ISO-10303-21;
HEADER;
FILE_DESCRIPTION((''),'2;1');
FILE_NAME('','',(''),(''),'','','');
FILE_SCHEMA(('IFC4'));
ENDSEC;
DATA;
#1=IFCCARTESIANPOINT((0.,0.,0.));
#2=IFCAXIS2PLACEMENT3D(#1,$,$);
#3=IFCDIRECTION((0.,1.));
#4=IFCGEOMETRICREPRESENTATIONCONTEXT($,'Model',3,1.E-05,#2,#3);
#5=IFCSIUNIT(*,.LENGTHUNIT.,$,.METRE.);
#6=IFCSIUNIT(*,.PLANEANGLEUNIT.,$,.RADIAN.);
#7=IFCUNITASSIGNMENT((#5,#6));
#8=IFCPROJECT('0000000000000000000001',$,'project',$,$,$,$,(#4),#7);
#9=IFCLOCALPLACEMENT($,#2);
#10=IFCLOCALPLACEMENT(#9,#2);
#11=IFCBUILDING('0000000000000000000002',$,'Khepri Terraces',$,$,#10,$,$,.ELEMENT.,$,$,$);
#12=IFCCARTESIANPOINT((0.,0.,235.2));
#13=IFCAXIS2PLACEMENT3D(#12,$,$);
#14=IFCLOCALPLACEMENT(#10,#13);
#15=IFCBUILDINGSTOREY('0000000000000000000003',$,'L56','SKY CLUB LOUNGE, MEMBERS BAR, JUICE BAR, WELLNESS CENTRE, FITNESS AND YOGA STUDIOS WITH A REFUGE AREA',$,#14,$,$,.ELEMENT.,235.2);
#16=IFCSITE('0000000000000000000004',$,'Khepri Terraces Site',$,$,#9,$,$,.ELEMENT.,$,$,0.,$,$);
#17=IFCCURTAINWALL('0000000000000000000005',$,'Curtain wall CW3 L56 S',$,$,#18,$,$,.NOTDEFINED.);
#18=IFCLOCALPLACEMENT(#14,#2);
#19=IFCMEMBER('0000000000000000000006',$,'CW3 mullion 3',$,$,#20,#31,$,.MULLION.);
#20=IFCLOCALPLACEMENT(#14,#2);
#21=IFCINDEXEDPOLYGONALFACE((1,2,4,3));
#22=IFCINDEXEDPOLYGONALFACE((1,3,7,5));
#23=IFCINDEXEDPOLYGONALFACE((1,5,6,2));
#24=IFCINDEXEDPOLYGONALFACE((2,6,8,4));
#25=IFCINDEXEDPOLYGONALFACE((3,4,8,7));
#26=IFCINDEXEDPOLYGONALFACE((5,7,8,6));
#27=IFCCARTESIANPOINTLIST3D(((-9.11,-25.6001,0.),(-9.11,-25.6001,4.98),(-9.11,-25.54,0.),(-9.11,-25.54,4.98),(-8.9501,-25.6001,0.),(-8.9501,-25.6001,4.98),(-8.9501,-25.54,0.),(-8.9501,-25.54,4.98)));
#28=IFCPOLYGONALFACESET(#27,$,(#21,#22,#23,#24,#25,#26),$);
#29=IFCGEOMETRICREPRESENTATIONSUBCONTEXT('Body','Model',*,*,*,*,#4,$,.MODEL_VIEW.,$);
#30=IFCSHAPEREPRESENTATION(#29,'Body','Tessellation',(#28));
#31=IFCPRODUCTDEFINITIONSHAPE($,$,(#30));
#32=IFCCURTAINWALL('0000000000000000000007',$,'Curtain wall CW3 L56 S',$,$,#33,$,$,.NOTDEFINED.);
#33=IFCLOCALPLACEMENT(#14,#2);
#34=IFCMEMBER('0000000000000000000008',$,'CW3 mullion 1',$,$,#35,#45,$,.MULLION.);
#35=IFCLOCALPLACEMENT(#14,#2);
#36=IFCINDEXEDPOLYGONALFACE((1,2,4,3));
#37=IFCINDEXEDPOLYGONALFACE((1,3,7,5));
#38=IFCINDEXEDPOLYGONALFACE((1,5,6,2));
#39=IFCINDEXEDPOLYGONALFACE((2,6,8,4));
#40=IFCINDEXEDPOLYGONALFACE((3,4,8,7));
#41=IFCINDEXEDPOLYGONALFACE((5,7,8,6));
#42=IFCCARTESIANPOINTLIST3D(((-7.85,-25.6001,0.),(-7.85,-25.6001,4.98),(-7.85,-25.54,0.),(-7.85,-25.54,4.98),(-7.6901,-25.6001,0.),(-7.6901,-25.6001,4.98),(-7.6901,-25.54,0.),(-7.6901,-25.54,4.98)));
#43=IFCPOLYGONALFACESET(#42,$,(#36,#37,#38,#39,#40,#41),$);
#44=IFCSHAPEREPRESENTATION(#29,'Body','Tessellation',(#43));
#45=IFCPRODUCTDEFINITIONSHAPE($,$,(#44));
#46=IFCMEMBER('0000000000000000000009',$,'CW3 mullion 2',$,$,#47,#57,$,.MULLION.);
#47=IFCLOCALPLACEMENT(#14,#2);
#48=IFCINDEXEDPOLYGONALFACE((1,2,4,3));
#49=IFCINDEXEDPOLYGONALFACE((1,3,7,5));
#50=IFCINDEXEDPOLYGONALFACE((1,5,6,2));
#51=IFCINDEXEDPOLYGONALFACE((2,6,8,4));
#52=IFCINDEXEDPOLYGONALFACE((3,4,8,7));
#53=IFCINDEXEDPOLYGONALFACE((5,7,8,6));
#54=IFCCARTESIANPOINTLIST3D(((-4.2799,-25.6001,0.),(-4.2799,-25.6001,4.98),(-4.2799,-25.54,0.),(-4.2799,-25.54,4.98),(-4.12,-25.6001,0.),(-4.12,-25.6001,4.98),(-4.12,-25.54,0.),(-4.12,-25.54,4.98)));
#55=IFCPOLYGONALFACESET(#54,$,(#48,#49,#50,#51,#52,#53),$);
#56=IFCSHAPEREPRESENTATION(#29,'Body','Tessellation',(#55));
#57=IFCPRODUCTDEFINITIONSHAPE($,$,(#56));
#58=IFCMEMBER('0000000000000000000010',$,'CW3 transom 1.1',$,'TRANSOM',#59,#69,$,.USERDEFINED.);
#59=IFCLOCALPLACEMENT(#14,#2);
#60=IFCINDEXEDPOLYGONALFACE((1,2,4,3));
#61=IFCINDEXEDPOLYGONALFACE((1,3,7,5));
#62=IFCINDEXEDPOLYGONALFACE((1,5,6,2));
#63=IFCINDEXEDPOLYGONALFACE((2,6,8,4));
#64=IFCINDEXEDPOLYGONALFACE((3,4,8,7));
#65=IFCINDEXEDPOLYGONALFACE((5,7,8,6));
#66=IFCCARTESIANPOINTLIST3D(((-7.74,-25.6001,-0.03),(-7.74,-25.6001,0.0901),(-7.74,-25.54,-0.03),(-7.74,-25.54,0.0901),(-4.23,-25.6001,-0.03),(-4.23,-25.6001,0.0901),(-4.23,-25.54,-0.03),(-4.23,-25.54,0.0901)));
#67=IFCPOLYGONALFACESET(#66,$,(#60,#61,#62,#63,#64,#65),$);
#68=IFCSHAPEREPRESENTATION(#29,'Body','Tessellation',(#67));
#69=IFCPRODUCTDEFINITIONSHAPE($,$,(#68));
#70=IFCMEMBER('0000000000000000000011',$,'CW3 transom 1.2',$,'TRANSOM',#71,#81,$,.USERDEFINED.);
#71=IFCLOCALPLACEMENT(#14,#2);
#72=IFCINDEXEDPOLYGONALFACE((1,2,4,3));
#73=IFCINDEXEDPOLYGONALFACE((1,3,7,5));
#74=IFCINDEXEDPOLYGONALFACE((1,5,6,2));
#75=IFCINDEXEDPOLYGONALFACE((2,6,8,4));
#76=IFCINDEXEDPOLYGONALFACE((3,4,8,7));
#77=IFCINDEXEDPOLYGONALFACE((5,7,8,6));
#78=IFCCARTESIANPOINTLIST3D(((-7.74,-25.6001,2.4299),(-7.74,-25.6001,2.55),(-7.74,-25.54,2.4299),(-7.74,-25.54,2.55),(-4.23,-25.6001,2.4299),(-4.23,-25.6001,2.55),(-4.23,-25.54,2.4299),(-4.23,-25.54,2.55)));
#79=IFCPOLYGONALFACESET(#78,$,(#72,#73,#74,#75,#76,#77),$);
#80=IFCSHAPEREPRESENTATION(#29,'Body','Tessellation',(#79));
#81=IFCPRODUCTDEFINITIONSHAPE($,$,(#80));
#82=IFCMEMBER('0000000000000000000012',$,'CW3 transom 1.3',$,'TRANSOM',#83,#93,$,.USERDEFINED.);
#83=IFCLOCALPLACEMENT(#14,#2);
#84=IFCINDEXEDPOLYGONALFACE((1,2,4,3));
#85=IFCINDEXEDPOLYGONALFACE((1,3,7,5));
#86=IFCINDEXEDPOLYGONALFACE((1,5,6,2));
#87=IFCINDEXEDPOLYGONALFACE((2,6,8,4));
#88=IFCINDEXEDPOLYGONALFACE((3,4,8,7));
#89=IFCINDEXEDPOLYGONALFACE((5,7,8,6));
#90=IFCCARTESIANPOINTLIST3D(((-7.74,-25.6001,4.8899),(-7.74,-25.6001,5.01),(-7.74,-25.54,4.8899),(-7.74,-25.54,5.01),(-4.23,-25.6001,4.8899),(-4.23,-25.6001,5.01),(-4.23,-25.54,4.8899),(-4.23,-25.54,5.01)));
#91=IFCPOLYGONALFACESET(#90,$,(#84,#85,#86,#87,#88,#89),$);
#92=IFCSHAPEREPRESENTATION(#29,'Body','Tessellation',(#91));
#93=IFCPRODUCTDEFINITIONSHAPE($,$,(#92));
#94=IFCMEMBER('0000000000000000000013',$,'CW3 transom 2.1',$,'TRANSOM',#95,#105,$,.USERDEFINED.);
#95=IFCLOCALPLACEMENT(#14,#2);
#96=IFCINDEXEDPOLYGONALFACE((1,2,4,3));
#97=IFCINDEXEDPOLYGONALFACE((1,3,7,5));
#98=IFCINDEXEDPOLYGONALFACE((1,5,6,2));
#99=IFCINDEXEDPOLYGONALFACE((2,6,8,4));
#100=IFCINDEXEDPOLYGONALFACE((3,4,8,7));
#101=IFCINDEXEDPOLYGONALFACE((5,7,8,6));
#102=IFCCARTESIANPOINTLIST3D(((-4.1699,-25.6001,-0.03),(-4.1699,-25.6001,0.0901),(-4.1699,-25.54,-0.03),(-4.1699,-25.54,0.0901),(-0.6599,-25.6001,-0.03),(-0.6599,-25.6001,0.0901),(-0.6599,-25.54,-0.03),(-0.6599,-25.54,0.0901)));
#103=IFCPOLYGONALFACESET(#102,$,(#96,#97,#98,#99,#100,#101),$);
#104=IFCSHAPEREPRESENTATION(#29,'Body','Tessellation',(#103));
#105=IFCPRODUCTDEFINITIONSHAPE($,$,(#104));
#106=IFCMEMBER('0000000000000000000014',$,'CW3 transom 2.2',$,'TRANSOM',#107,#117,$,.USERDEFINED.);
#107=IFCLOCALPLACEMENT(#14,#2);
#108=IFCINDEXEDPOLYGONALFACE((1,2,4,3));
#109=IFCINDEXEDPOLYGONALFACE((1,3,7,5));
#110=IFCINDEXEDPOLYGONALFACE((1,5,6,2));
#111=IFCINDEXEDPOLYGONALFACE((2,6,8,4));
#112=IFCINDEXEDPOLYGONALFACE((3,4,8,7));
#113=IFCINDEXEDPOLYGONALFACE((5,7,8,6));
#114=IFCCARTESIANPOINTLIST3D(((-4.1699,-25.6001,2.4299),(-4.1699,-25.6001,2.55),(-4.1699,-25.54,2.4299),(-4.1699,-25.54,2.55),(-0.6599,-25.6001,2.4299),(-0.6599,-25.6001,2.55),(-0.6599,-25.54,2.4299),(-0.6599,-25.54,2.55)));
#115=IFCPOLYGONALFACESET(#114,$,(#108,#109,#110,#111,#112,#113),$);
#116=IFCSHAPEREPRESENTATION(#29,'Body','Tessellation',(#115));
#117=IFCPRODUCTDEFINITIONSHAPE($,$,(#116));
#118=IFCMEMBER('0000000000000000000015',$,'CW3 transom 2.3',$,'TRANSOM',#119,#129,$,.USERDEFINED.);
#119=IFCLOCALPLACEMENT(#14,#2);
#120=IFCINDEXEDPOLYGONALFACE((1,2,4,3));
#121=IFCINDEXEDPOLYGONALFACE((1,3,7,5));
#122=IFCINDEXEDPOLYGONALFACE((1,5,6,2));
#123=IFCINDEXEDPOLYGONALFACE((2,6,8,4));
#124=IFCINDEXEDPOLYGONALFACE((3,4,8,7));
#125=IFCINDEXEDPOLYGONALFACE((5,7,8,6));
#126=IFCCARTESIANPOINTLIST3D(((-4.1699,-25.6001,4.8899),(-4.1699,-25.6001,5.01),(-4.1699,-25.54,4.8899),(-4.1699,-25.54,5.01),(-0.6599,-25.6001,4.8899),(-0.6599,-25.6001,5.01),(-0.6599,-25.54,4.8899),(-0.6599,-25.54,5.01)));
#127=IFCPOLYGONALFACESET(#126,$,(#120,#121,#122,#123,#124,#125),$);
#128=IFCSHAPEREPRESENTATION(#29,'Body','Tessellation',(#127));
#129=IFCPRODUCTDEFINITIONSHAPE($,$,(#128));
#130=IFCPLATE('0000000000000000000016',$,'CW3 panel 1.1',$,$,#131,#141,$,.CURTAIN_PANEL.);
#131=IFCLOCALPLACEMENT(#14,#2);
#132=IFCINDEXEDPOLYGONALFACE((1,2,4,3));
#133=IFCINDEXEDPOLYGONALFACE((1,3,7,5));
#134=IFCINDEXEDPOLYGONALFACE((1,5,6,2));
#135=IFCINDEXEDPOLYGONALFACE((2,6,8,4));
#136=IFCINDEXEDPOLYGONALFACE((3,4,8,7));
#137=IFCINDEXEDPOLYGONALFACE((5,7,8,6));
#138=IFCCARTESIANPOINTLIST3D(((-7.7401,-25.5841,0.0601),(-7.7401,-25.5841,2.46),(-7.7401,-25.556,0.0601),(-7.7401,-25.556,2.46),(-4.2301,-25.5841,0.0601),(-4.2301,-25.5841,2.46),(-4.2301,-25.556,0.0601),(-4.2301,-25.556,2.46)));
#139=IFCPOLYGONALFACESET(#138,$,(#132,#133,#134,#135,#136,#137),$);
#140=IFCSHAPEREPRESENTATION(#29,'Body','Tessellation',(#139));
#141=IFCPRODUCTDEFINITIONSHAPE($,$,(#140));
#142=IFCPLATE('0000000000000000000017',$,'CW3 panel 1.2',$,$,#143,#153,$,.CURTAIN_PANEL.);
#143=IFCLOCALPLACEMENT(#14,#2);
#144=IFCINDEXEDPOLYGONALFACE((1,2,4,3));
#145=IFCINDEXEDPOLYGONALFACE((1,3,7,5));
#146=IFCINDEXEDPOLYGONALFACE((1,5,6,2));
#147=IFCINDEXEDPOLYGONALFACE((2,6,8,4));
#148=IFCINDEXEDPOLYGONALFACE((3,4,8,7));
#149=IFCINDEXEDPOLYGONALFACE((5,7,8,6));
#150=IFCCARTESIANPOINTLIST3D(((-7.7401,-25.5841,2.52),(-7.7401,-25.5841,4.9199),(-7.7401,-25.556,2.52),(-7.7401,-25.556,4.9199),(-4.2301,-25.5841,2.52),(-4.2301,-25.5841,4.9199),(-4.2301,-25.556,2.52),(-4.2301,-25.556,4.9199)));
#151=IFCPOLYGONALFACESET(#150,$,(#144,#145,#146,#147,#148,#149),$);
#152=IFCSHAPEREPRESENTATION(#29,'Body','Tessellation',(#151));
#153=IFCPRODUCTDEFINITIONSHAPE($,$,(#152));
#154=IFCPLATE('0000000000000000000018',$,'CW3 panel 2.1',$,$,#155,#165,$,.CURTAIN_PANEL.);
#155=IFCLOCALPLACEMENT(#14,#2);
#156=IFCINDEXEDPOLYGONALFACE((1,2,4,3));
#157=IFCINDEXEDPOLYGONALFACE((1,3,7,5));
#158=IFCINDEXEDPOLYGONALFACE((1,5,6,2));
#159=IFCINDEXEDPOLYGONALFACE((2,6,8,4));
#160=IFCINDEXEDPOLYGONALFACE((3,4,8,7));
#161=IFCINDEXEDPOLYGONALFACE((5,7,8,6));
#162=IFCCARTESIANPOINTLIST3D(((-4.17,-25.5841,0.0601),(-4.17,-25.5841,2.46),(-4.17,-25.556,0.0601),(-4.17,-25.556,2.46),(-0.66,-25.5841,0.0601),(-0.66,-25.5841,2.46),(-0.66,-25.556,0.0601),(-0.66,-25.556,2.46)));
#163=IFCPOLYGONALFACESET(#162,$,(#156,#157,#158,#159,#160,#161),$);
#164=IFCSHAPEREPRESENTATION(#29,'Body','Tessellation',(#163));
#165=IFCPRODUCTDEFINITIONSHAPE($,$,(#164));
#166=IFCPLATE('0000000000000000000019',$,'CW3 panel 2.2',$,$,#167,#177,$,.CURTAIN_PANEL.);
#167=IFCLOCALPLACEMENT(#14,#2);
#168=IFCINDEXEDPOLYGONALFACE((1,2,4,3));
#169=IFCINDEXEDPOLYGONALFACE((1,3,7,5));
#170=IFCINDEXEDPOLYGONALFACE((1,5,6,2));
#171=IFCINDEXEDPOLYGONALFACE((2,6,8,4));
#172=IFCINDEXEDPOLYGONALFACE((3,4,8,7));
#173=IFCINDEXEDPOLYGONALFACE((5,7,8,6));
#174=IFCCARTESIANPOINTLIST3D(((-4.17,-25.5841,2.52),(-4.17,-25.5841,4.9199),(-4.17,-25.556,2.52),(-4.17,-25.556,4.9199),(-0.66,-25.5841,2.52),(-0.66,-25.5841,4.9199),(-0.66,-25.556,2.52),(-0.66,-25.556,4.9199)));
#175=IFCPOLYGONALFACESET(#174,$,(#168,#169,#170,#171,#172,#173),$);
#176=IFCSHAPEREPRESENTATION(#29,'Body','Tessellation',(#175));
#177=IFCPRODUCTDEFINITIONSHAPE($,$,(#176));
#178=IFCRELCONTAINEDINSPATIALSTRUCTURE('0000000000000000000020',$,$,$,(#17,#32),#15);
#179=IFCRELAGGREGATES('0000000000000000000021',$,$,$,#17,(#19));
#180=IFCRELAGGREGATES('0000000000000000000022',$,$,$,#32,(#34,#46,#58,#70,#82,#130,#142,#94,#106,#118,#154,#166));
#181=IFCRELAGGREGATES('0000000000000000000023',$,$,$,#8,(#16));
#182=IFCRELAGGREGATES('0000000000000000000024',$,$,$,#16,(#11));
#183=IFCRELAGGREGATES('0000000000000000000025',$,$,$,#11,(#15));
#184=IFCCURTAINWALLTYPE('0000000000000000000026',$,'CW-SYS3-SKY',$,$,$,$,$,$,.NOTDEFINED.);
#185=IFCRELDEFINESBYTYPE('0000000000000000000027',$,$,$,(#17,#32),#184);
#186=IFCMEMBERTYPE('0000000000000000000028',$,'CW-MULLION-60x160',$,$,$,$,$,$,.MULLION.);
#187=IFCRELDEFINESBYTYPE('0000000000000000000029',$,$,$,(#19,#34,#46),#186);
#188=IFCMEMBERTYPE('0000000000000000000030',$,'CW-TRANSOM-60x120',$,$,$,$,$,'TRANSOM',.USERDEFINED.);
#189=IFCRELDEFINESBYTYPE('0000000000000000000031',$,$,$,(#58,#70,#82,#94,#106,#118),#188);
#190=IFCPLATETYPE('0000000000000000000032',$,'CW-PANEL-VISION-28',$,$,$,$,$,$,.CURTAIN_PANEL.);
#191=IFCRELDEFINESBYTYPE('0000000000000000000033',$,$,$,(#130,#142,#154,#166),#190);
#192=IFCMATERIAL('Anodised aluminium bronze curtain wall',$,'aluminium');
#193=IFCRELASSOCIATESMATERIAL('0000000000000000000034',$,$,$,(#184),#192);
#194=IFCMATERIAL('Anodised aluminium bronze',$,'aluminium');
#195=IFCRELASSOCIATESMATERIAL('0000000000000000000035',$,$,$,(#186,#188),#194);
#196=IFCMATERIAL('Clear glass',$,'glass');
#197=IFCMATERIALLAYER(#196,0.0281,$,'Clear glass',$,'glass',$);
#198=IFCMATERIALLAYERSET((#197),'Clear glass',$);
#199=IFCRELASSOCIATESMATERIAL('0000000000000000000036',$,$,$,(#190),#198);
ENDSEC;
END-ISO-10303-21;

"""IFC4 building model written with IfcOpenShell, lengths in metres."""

from ifc_helpers import new_model, si_unit, direction, frame, origin, origin_2d, place, context, subcontext, project, spatial, rectangle, extrude, material, layer, layer_set, material_profile, profile_set, type_object, element, aggregate, save


model = new_model("IFC4")

# Units and contexts
model_context = context("Model", 3, precision=1e-05, world=origin(), true_north=direction((0.0, 1.0)))
body_context = subcontext(model_context, "Body", "Model", "MODEL_VIEW")
ifc_project = project(units=[si_unit("LENGTHUNIT", "METRE"), si_unit("PLANEANGLEUNIT", "RADIAN")], contexts=[model_context])

# Site, building, storey
site_placement = place(None, origin())
site = spatial("IfcSite", under=ifc_project, at=site_placement, Name="Khepri Terraces Site", CompositionType="ELEMENT", RefElevation=0.0)
building_placement = place(site_placement, origin())
building = spatial("IfcBuilding", under=site, at=building_placement, Name="Khepri Terraces", CompositionType="ELEMENT")
storey_placement = place(building_placement, frame((0.0, 0.0, 235.2)))
storey = spatial("IfcBuildingStorey", under=building, at=storey_placement, Name="L56", Description="SKY CLUB LOUNGE, MEMBERS BAR, JUICE BAR, WELLNESS CENTRE, FITNESS AND YOGA STUDIOS WITH A REFUGE AREA", CompositionType="ELEMENT", Elevation=235.2)

# Curtain wall, member
ifc_material_1 = material(Name="Anodised aluminium bronze curtain wall", Category="aluminium")
curtain_wall_type = type_object("IfcCurtainWallType", Name="CW-SYS3-SKY", PredefinedType="NOTDEFINED", material=ifc_material_1)
curtain_wall_1_placement = place(storey_placement, origin())
curtain_wall_1 = element("IfcCurtainWall", 1, at=curtain_wall_1_placement, inside=storey, type_object=curtain_wall_type, Name="Curtain wall CW3 L56 S", PredefinedType="NOTDEFINED")
ifc_material_2 = material(Name="Anodised aluminium bronze", Category="aluminium")
ifc_material_profile_1 = material_profile(ifc_material_2, rectangle(XDim=0.0601, YDim=0.1599, at=origin_2d()), Name="Anodised aluminium bronze", Category="aluminium")
ifc_profile_set_1 = profile_set([ifc_material_profile_1], Name="Anodised aluminium bronze")
member_type_1 = type_object("IfcMemberType", Name="CW-MULLION-60x160", PredefinedType="MULLION", material=ifc_profile_set_1)
member_1_placement = place(storey_placement, frame((-9.03, -25.5701, 0.0), z_axis=(0.0, 0.0, 1.0), x_axis=(0.0, 1.0, 0.0)))
member_1 = element("IfcMember", 2, at=member_1_placement, type_object=member_type_1, Name="CW3 mullion 3", PredefinedType="MULLION", context=body_context, shape_type="SweptSolid", body=[
    extrude(rectangle(XDim=0.0601, YDim=0.1599, at=origin_2d()), origin(), (0.0, 0.0, 1.0), 4.98),
])
aggregate(curtain_wall_1, [member_1])

# Curtain wall, members, plates
curtain_wall_2_placement = place(storey_placement, origin())
curtain_wall_2 = element("IfcCurtainWall", 3, at=curtain_wall_2_placement, inside=storey, type_object=curtain_wall_type, Name="Curtain wall CW3 L56 S", PredefinedType="NOTDEFINED")
member_2_placement = place(storey_placement, frame((-7.77, -25.5701, 0.0), z_axis=(0.0, 0.0, 1.0), x_axis=(0.0, 1.0, 0.0)))
member_2 = element("IfcMember", 4, at=member_2_placement, type_object=member_type_1, Name="CW3 mullion 1", PredefinedType="MULLION", context=body_context, shape_type="SweptSolid", body=[
    extrude(rectangle(XDim=0.0601, YDim=0.1599, at=origin_2d()), origin(), (0.0, 0.0, 1.0), 4.98),
])
member_3_placement = place(storey_placement, frame((-4.2, -25.5701, 0.0), z_axis=(0.0, 0.0, 1.0), x_axis=(0.0, 1.0, 0.0)))
member_3 = element("IfcMember", 5, at=member_3_placement, type_object=member_type_1, Name="CW3 mullion 2", PredefinedType="MULLION", context=body_context, shape_type="SweptSolid", body=[
    extrude(rectangle(XDim=0.0601, YDim=0.1599, at=origin_2d()), origin(), (0.0, 0.0, 1.0), 4.98),
])
ifc_material_profile_2 = material_profile(ifc_material_2, rectangle(XDim=0.0601, YDim=0.1201, at=origin_2d()), Name="Anodised aluminium bronze", Category="aluminium")
ifc_profile_set_2 = profile_set([ifc_material_profile_2], Name="Anodised aluminium bronze")
member_type_2 = type_object("IfcMemberType", Name="CW-TRANSOM-60x120", ElementType="TRANSOM", PredefinedType="USERDEFINED", material=ifc_profile_set_2)
member_4_placement = place(storey_placement, frame((-7.74, -25.5701, 0.03), z_axis=(1.0, 0.0, 0.0), x_axis=(0.0, 1.0, 0.0)))
member_4 = element("IfcMember", 6, at=member_4_placement, type_object=member_type_2, Name="CW3 transom 1.1", ObjectType="TRANSOM", PredefinedType="USERDEFINED", context=body_context, shape_type="SweptSolid", body=[
    extrude(rectangle(XDim=0.0601, YDim=0.1201, at=origin_2d()), origin(), (0.0, 0.0, 1.0), 3.51),
])
member_5_placement = place(storey_placement, frame((-7.74, -25.5701, 2.49), z_axis=(1.0, 0.0, 0.0), x_axis=(0.0, 1.0, 0.0)))
member_5 = element("IfcMember", 7, at=member_5_placement, type_object=member_type_2, Name="CW3 transom 1.2", ObjectType="TRANSOM", PredefinedType="USERDEFINED", context=body_context, shape_type="SweptSolid", body=[
    extrude(rectangle(XDim=0.0601, YDim=0.1201, at=origin_2d()), origin(), (0.0, 0.0, 1.0), 3.51),
])
member_6_placement = place(storey_placement, frame((-7.74, -25.5701, 4.95), z_axis=(1.0, 0.0, 0.0), x_axis=(0.0, 1.0, 0.0)))
member_6 = element("IfcMember", 8, at=member_6_placement, type_object=member_type_2, Name="CW3 transom 1.3", ObjectType="TRANSOM", PredefinedType="USERDEFINED", context=body_context, shape_type="SweptSolid", body=[
    extrude(rectangle(XDim=0.0601, YDim=0.1201, at=origin_2d()), origin(), (0.0, 0.0, 1.0), 3.51),
])
member_7_placement = place(storey_placement, frame((-4.1699, -25.5701, 0.03), z_axis=(1.0, 0.0, 0.0), x_axis=(0.0, 1.0, 0.0)))
member_7 = element("IfcMember", 9, at=member_7_placement, type_object=member_type_2, Name="CW3 transom 2.1", ObjectType="TRANSOM", PredefinedType="USERDEFINED", context=body_context, shape_type="SweptSolid", body=[
    extrude(rectangle(XDim=0.0601, YDim=0.1201, at=origin_2d()), origin(), (0.0, 0.0, 1.0), 3.51),
])
member_8_placement = place(storey_placement, frame((-4.1699, -25.5701, 2.49), z_axis=(1.0, 0.0, 0.0), x_axis=(0.0, 1.0, 0.0)))
member_8 = element("IfcMember", 10, at=member_8_placement, type_object=member_type_2, Name="CW3 transom 2.2", ObjectType="TRANSOM", PredefinedType="USERDEFINED", context=body_context, shape_type="SweptSolid", body=[
    extrude(rectangle(XDim=0.0601, YDim=0.1201, at=origin_2d()), origin(), (0.0, 0.0, 1.0), 3.51),
])
member_9_placement = place(storey_placement, frame((-4.1699, -25.5701, 4.95), z_axis=(1.0, 0.0, 0.0), x_axis=(0.0, 1.0, 0.0)))
member_9 = element("IfcMember", 11, at=member_9_placement, type_object=member_type_2, Name="CW3 transom 2.3", ObjectType="TRANSOM", PredefinedType="USERDEFINED", context=body_context, shape_type="SweptSolid", body=[
    extrude(rectangle(XDim=0.0601, YDim=0.1201, at=origin_2d()), origin(), (0.0, 0.0, 1.0), 3.51),
])
ifc_material_3 = material(Name="Clear glass", Category="glass")
ifc_layer = layer(ifc_material_3, 0.0281, Name="Clear glass", Category="glass")
ifc_layer_set = layer_set([ifc_layer], Name="Clear glass")
plate_type = type_object("IfcPlateType", Name="CW-PANEL-VISION-28", PredefinedType="CURTAIN_PANEL", material=ifc_layer_set)
plate_1_placement = place(storey_placement, frame((-5.9851, -25.5701, 0.0601), z_axis=(0.0, 0.0, 1.0), x_axis=(1.0, 0.0, 0.0)))
plate_1 = element("IfcPlate", 12, at=plate_1_placement, type_object=plate_type, Name="CW3 panel 1.1", PredefinedType="CURTAIN_PANEL", context=body_context, shape_type="SweptSolid", body=[
    extrude(rectangle(XDim=3.51, YDim=0.0281, at=origin_2d()), origin(), (0.0, 0.0, 1.0), 2.3999),
])
plate_2_placement = place(storey_placement, frame((-5.9851, -25.5701, 2.52), z_axis=(0.0, 0.0, 1.0), x_axis=(1.0, 0.0, 0.0)))
plate_2 = element("IfcPlate", 13, at=plate_2_placement, type_object=plate_type, Name="CW3 panel 1.2", PredefinedType="CURTAIN_PANEL", context=body_context, shape_type="SweptSolid", body=[
    extrude(rectangle(XDim=3.51, YDim=0.0281, at=origin_2d()), origin(), (0.0, 0.0, 1.0), 2.3999),
])
plate_3_placement = place(storey_placement, frame((-2.415, -25.5701, 0.0601), z_axis=(0.0, 0.0, 1.0), x_axis=(1.0, 0.0, 0.0)))
plate_3 = element("IfcPlate", 14, at=plate_3_placement, type_object=plate_type, Name="CW3 panel 2.1", PredefinedType="CURTAIN_PANEL", context=body_context, shape_type="SweptSolid", body=[
    extrude(rectangle(XDim=3.51, YDim=0.0281, at=origin_2d()), origin(), (0.0, 0.0, 1.0), 2.3999),
])
plate_4_placement = place(storey_placement, frame((-2.415, -25.5701, 2.52), z_axis=(0.0, 0.0, 1.0), x_axis=(1.0, 0.0, 0.0)))
plate_4 = element("IfcPlate", 15, at=plate_4_placement, type_object=plate_type, Name="CW3 panel 2.2", PredefinedType="CURTAIN_PANEL", context=body_context, shape_type="SweptSolid", body=[
    extrude(rectangle(XDim=3.51, YDim=0.0281, at=origin_2d()), origin(), (0.0, 0.0, 1.0), 2.3999),
])
aggregate(curtain_wall_2, [member_2, member_3, member_4, member_5, member_6, plate_1, plate_2, member_7, member_8, member_9, plate_3, plate_4])

save(model, "model.ifc")
